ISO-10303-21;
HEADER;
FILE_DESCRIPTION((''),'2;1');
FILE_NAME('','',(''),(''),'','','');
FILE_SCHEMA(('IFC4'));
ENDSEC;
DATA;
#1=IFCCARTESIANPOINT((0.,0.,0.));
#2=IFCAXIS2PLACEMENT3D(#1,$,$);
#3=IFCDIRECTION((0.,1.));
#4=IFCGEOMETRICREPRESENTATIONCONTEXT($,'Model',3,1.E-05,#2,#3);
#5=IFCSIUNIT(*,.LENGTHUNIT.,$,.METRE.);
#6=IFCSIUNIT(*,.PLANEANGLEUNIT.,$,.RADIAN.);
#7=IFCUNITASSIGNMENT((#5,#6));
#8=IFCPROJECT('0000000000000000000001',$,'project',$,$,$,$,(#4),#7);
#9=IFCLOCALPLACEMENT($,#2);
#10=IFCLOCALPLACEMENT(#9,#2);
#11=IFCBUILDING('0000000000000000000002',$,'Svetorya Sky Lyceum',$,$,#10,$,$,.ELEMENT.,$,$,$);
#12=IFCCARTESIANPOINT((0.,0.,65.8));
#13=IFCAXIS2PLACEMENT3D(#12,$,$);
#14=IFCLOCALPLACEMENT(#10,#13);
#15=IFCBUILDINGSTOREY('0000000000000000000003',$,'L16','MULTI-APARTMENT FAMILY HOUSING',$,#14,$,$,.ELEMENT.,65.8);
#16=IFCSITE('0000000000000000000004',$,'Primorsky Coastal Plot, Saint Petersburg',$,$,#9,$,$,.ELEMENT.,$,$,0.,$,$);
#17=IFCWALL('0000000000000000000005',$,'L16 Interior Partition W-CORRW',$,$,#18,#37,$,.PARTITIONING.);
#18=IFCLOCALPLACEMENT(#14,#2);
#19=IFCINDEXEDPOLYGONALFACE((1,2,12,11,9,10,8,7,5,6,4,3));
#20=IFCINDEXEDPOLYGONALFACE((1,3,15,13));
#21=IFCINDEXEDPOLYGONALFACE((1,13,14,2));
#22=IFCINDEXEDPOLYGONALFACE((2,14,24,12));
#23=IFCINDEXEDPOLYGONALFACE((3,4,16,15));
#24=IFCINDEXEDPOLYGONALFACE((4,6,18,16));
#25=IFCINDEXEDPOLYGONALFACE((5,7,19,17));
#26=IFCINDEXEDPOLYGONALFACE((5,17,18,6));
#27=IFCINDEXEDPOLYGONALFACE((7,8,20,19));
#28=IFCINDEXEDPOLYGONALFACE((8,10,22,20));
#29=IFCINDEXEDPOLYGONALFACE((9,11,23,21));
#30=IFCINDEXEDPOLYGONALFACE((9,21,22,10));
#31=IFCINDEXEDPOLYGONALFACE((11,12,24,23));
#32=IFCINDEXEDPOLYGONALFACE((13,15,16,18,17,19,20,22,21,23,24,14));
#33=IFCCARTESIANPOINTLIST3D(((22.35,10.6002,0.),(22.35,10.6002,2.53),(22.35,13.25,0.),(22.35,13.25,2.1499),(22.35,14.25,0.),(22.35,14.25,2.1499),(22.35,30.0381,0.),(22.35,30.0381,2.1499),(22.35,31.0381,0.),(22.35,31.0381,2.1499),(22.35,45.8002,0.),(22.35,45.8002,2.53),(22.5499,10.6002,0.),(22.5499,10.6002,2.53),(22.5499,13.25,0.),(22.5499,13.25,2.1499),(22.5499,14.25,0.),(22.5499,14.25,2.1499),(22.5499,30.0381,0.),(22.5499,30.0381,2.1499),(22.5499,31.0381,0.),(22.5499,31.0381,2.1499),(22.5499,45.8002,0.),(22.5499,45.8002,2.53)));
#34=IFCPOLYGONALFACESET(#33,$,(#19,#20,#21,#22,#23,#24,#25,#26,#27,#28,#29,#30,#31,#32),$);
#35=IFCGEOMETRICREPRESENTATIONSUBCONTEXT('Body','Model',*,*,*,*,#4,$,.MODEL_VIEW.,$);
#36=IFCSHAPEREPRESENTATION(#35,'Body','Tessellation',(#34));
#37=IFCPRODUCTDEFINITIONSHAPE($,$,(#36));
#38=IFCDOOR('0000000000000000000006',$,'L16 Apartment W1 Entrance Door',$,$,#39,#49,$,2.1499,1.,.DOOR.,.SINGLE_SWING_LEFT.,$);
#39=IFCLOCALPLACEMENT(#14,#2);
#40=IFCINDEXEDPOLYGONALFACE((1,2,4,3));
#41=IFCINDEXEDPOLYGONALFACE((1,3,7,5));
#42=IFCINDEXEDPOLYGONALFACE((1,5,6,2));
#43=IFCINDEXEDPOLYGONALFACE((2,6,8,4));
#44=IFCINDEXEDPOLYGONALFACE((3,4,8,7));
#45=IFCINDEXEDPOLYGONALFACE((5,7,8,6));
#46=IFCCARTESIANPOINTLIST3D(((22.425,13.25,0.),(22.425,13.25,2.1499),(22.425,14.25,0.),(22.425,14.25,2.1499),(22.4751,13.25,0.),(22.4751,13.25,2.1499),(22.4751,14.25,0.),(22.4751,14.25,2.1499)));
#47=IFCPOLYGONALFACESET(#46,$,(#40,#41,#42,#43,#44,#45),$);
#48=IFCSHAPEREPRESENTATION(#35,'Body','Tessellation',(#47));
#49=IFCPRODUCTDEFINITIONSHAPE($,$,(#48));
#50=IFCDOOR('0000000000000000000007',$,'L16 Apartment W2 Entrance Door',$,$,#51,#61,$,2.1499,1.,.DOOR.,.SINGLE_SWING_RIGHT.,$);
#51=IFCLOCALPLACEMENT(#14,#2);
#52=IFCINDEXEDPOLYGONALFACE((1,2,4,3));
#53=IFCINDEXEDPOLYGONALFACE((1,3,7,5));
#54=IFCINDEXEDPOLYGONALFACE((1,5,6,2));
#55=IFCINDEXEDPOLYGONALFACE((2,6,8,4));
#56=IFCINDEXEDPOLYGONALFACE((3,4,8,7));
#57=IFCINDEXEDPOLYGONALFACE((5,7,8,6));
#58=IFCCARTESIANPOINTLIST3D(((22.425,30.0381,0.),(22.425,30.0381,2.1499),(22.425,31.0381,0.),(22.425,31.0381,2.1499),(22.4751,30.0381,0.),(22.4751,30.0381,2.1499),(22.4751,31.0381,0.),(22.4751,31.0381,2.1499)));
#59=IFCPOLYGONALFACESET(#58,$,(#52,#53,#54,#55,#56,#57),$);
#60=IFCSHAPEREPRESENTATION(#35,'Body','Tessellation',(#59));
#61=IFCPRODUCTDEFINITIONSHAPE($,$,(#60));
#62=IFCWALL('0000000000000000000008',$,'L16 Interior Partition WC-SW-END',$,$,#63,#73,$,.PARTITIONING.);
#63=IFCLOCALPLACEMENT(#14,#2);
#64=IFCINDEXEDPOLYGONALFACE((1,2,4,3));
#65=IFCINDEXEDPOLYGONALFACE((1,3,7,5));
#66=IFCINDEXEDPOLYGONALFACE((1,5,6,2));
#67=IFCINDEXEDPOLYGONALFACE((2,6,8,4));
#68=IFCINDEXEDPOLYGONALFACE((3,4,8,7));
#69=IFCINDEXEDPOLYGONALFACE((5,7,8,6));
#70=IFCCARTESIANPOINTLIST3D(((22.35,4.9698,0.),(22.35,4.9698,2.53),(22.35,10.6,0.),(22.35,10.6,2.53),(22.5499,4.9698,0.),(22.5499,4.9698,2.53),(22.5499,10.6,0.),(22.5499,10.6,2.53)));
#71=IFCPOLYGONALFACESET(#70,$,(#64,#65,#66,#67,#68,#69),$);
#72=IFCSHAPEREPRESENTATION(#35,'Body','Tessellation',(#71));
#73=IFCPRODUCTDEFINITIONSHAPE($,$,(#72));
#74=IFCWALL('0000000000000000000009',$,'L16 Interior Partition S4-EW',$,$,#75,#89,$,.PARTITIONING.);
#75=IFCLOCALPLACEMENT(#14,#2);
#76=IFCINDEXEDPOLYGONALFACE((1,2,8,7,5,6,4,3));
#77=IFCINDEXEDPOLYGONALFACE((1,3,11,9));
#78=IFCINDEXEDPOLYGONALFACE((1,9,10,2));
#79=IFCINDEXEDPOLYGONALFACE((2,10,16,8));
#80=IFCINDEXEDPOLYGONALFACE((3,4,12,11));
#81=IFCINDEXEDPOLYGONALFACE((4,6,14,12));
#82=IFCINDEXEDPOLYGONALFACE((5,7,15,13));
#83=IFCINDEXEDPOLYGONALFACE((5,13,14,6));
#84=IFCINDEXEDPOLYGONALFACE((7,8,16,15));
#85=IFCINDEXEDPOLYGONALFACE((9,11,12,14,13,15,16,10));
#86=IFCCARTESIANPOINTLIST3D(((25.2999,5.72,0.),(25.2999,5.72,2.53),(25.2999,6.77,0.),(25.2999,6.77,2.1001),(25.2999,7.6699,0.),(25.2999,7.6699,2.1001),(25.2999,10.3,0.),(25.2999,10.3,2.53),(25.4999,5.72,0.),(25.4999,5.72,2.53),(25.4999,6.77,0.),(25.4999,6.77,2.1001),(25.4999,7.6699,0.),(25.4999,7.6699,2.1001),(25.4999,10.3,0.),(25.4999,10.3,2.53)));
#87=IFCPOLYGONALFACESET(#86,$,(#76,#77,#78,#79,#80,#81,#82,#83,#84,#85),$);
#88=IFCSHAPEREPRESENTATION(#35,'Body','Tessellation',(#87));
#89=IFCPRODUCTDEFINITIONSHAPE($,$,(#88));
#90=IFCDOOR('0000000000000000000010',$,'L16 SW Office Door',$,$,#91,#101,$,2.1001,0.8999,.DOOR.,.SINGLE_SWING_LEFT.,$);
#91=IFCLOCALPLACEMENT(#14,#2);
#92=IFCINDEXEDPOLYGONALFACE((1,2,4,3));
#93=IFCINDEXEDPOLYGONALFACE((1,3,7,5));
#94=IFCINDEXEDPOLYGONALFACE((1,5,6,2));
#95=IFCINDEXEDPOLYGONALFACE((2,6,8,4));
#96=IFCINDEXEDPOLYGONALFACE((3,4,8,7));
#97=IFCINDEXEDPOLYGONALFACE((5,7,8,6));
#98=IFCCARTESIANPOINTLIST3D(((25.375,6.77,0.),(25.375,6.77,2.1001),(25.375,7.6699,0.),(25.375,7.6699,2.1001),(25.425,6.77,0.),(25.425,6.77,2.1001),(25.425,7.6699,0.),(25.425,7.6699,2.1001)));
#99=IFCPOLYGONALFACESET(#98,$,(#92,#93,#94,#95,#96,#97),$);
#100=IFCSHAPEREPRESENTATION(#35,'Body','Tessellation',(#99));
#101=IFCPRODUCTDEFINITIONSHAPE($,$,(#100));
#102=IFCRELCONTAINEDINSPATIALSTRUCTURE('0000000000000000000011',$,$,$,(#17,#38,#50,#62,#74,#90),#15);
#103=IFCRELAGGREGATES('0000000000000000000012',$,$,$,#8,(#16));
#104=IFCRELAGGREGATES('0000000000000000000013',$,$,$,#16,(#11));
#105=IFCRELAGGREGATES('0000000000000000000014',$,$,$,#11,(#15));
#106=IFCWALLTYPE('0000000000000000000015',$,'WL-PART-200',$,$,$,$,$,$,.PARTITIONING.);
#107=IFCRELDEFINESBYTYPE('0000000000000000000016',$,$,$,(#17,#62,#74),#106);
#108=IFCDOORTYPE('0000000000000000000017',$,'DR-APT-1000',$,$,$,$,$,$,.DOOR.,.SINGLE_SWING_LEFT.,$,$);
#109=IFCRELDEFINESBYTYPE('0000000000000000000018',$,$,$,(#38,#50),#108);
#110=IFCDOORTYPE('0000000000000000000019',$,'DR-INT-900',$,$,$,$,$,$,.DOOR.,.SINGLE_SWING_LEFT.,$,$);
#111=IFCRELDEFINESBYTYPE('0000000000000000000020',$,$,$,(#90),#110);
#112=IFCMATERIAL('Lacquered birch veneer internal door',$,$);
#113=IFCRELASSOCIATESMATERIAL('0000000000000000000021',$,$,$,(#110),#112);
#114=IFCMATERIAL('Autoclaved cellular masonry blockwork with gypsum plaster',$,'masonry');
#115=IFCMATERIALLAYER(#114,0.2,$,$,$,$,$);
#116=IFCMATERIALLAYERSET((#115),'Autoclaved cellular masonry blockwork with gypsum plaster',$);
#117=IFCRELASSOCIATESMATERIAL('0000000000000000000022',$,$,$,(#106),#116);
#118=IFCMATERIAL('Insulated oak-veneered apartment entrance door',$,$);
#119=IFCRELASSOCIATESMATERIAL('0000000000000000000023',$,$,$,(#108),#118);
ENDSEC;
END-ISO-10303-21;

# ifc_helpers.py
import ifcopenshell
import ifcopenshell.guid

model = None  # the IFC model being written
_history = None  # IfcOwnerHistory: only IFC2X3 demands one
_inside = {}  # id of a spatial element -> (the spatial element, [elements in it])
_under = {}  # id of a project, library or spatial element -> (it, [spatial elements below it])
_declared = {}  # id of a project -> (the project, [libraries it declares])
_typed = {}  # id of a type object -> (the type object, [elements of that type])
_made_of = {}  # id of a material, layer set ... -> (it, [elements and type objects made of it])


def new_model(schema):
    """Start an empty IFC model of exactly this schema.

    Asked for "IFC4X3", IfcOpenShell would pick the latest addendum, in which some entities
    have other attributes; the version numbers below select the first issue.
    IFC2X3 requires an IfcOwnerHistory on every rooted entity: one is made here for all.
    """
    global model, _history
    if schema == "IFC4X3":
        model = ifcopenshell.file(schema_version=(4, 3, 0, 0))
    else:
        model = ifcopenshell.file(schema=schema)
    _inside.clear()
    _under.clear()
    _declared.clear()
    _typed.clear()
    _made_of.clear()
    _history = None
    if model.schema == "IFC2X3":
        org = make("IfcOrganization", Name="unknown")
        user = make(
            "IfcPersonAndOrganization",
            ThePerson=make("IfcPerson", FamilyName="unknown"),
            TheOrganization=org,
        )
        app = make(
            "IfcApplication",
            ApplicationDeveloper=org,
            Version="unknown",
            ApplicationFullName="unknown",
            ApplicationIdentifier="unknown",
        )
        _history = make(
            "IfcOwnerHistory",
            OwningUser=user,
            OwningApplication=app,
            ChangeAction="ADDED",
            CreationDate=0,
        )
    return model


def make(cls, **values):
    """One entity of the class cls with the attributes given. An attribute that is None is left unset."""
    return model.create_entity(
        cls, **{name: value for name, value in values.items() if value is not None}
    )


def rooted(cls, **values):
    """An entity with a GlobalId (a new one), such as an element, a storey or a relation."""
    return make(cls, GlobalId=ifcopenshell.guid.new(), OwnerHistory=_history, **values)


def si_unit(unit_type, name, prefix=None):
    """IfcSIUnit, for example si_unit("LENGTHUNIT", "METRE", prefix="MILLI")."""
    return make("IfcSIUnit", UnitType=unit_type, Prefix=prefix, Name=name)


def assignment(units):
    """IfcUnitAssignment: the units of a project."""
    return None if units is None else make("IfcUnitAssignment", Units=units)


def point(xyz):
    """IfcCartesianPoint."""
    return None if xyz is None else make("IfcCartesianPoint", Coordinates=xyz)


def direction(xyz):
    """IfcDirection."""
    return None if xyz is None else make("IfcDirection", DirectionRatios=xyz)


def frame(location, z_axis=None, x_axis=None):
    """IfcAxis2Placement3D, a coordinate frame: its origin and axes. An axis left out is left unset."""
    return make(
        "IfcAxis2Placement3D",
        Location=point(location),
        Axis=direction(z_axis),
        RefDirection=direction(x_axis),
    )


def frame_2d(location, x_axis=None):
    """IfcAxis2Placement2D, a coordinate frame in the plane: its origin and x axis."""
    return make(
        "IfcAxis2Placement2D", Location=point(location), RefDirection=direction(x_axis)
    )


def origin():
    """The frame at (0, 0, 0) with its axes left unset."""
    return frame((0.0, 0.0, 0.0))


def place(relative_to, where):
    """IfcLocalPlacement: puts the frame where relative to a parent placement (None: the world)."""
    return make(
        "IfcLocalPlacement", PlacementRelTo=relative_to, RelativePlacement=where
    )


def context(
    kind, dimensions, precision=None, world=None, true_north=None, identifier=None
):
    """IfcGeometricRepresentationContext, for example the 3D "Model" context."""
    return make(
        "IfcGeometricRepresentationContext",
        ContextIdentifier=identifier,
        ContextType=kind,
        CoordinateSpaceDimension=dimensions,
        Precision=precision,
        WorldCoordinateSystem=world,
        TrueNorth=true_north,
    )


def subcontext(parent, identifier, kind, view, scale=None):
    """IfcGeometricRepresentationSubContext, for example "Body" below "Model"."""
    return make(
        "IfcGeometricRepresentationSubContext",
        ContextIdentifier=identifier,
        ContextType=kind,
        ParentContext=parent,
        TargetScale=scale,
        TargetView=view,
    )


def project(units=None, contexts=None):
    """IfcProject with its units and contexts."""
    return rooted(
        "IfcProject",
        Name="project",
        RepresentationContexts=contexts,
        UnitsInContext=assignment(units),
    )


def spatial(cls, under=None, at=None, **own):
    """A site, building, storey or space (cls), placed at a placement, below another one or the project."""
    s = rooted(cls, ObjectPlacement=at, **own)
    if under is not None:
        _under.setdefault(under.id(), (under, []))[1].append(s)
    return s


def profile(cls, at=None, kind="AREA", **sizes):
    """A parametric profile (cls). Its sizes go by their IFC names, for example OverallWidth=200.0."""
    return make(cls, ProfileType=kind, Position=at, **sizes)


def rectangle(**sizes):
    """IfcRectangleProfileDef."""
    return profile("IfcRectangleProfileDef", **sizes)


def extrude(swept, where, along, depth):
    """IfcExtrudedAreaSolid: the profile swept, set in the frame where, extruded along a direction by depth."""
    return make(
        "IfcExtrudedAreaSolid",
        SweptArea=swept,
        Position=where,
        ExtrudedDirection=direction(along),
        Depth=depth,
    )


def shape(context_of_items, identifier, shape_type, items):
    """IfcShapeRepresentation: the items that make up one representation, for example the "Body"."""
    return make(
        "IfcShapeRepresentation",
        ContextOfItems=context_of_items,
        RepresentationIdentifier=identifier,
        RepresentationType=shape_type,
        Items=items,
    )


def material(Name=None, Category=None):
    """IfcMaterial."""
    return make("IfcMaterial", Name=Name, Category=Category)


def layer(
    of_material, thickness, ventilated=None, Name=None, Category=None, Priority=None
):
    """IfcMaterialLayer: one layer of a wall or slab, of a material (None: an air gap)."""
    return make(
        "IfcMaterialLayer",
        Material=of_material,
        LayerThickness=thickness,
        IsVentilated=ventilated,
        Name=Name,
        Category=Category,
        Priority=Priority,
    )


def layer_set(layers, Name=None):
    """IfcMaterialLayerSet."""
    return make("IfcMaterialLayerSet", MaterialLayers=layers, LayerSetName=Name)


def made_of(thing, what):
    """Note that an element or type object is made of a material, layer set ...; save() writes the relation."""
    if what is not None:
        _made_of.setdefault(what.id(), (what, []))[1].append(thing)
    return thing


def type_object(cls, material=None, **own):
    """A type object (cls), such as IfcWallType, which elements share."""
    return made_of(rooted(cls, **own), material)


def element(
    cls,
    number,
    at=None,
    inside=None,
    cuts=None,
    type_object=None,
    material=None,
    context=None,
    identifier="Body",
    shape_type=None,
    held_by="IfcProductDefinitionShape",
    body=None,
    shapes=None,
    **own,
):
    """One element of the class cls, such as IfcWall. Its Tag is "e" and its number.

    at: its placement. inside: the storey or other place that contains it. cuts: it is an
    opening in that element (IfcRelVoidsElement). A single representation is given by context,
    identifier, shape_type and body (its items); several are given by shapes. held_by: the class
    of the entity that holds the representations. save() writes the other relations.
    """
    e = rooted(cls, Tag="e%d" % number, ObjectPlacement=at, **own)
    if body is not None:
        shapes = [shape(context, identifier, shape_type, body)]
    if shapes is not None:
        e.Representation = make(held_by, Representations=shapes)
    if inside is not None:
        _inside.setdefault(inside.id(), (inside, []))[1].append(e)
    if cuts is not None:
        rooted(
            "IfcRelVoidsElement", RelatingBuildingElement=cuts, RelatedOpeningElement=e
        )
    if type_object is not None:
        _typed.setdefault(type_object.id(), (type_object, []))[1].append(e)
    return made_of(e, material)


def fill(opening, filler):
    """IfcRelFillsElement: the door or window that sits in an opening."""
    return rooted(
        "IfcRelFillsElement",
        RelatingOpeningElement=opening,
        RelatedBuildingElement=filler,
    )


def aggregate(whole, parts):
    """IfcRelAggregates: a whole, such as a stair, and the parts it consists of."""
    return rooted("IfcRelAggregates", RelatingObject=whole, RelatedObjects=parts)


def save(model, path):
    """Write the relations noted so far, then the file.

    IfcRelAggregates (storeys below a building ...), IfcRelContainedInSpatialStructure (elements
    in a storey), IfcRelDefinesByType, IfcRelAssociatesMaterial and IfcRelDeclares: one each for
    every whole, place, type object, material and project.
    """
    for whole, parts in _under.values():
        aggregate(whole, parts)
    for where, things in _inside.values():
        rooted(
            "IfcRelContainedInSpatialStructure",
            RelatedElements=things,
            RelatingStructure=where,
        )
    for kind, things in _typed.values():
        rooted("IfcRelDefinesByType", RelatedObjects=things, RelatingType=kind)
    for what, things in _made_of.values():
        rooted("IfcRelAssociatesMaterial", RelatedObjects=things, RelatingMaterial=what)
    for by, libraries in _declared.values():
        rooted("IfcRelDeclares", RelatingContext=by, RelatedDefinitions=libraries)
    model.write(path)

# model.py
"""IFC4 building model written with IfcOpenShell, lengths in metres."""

from ifc_helpers import new_model, si_unit, direction, frame, frame_2d, origin, place, context, subcontext, project, spatial, rectangle, extrude, material, layer, layer_set, type_object, element, fill, save


model = new_model("IFC4")

# Units and contexts
model_context = context("Model", 3, precision=1e-05, world=origin(), true_north=direction((0.0, 1.0)))
body_context = subcontext(model_context, "Body", "Model", "MODEL_VIEW")
ifc_project = project(units=[si_unit("LENGTHUNIT", "METRE"), si_unit("PLANEANGLEUNIT", "RADIAN")], contexts=[model_context])

# Site, building, storey
site_placement = place(None, origin())
site = spatial("IfcSite", under=ifc_project, at=site_placement, Name="Primorsky Coastal Plot, Saint Petersburg", CompositionType="ELEMENT", RefElevation=0.0)
building_placement = place(site_placement, origin())
building = spatial("IfcBuilding", under=site, at=building_placement, Name="Svetorya Sky Lyceum", CompositionType="ELEMENT")
storey_placement = place(building_placement, frame((0.0, 0.0, 65.8)))
storey = spatial("IfcBuildingStorey", under=building, at=storey_placement, Name="L16", Description="MULTI-APARTMENT FAMILY HOUSING", CompositionType="ELEMENT", Elevation=65.8)

# Shared definitions
ifc_material_1 = material(Name="Lacquered birch veneer internal door")
door_type_1 = type_object("IfcDoorType", Name="DR-INT-900", OperationType="SINGLE_SWING_LEFT", PredefinedType="DOOR", material=ifc_material_1)

# Shared definitions
ifc_material_2 = material(Name="Autoclaved cellular masonry blockwork with gypsum plaster", Category="masonry")
ifc_layer_1 = layer(ifc_material_2, 0.2)
ifc_layer_set_1 = layer_set([ifc_layer_1], Name="Autoclaved cellular masonry blockwork with gypsum plaster")
wall_type_1 = type_object("IfcWallType", Name="WL-PART-200", PredefinedType="PARTITIONING", material=ifc_layer_set_1)

# Wall, openings, doors
wall_1_placement = place(storey_placement, frame((22.45, 10.6001, 0.0), z_axis=(0.0, 0.0, 1.0), x_axis=(0.0, 1.0, 0.0)))
wall_1 = element("IfcWall", 1, at=wall_1_placement, inside=storey, type_object=wall_type_1, Name="L16 Interior Partition W-CORRW", PredefinedType="PARTITIONING", context=body_context, shape_type="SweptSolid", body=[
    extrude(rectangle(XDim=35.2, YDim=0.2, at=frame_2d((17.6001, 0.0))), origin(), (0.0, 0.0, 1.0), 2.53),
])
opening_1_placement = place(wall_1_placement, frame((2.6499, 0.0, 0.0)))
opening_1 = element("IfcOpeningElement", 2, at=opening_1_placement, cuts=wall_1, PredefinedType="OPENING", context=body_context, shape_type="SweptSolid", body=[
    extrude(rectangle(XDim=1.0, YDim=2.1499, at=frame_2d((0.5, 1.075))), frame((0.0, 0.1099, 0.0), z_axis=(0.0, -1.0, 0.0), x_axis=(1.0, 0.0, 0.0)), (0.0, 0.0, 1.0), 0.22),
])
opening_2_placement = place(wall_1_placement, frame((19.438, 0.0, 0.0)))
opening_2 = element("IfcOpeningElement", 3, at=opening_2_placement, cuts=wall_1, PredefinedType="OPENING", context=body_context, shape_type="SweptSolid", body=[
    extrude(rectangle(XDim=1.0, YDim=2.1499, at=frame_2d((0.5, 1.075))), frame((0.0, 0.1099, 0.0), z_axis=(0.0, -1.0, 0.0), x_axis=(1.0, 0.0, 0.0)), (0.0, 0.0, 1.0), 0.22),
])
ifc_material_3 = material(Name="Insulated oak-veneered apartment entrance door")
door_type_2 = type_object("IfcDoorType", Name="DR-APT-1000", OperationType="SINGLE_SWING_LEFT", PredefinedType="DOOR", material=ifc_material_3)
door_1_placement = place(opening_1_placement, origin())
door_1 = element("IfcDoor", 4, at=door_1_placement, inside=storey, type_object=door_type_2, Name="L16 Apartment W1 Entrance Door", OperationType="SINGLE_SWING_LEFT", OverallHeight=2.1499, OverallWidth=1.0, PredefinedType="DOOR", context=body_context, shape_type="SweptSolid", body=[
    extrude(rectangle(XDim=1.0, YDim=2.1499, at=frame_2d((0.5, 1.075))), frame((0.0, 0.0249, 0.0), z_axis=(0.0, -1.0, 0.0), x_axis=(1.0, 0.0, 0.0)), (0.0, 0.0, 1.0), 0.05),
])
fill(opening_1, door_1)
door_2_placement = place(opening_2_placement, origin())
door_2 = element("IfcDoor", 5, at=door_2_placement, inside=storey, type_object=door_type_2, Name="L16 Apartment W2 Entrance Door", OperationType="SINGLE_SWING_RIGHT", OverallHeight=2.1499, OverallWidth=1.0, PredefinedType="DOOR", context=body_context, shape_type="SweptSolid", body=[
    extrude(rectangle(XDim=1.0, YDim=2.1499, at=frame_2d((0.5, 1.075))), frame((0.0, 0.0249, 0.0), z_axis=(0.0, -1.0, 0.0), x_axis=(1.0, 0.0, 0.0)), (0.0, 0.0, 1.0), 0.05),
])
fill(opening_2, door_2)

# Wall
wall_2_placement = place(storey_placement, frame((22.45, 4.97, 0.0), z_axis=(0.0, 0.0, 1.0), x_axis=(0.0, 1.0, 0.0)))
element("IfcWall", 6, at=wall_2_placement, inside=storey, type_object=wall_type_1, Name="L16 Interior Partition WC-SW-END", PredefinedType="PARTITIONING", context=body_context, shape_type="SweptSolid", body=[
    extrude(rectangle(XDim=5.6301, YDim=0.2, at=frame_2d((2.8149, 0.0))), origin(), (0.0, 0.0, 1.0), 2.53),
])

# Wall, opening, door
wall_3_placement = place(storey_placement, frame((25.3999, 5.72, 0.0), z_axis=(0.0, 0.0, 1.0), x_axis=(0.0, 1.0, 0.0)))
wall_3 = element("IfcWall", 7, at=wall_3_placement, inside=storey, type_object=wall_type_1, Name="L16 Interior Partition S4-EW", PredefinedType="PARTITIONING", context=body_context, shape_type="SweptSolid", body=[
    extrude(rectangle(XDim=4.5801, YDim=0.2, at=frame_2d((2.29, 0.0))), origin(), (0.0, 0.0, 1.0), 2.53),
])
opening_3_placement = place(wall_3_placement, frame((1.05, 0.0, 0.0)))
opening_3 = element("IfcOpeningElement", 8, at=opening_3_placement, cuts=wall_3, PredefinedType="OPENING", context=body_context, shape_type="SweptSolid", body=[
    extrude(rectangle(XDim=0.8999, YDim=2.1001, at=frame_2d((0.45, 1.05))), frame((0.0, 0.1099, 0.0), z_axis=(0.0, -1.0, 0.0), x_axis=(1.0, 0.0, 0.0)), (0.0, 0.0, 1.0), 0.22),
])
door_3_placement = place(opening_3_placement, origin())
door_3 = element("IfcDoor", 9, at=door_3_placement, inside=storey, type_object=door_type_1, Name="L16 SW Office Door", OperationType="SINGLE_SWING_LEFT", OverallHeight=2.1001, OverallWidth=0.8999, PredefinedType="DOOR", context=body_context, shape_type="SweptSolid", body=[
    extrude(rectangle(XDim=0.8999, YDim=2.1001, at=frame_2d((0.45, 1.05))), frame((0.0, 0.0249, 0.0), z_axis=(0.0, -1.0, 0.0), x_axis=(1.0, 0.0, 0.0)), (0.0, 0.0, 1.0), 0.05),
])
fill(opening_3, door_3)

save(model, "model.ifc")
